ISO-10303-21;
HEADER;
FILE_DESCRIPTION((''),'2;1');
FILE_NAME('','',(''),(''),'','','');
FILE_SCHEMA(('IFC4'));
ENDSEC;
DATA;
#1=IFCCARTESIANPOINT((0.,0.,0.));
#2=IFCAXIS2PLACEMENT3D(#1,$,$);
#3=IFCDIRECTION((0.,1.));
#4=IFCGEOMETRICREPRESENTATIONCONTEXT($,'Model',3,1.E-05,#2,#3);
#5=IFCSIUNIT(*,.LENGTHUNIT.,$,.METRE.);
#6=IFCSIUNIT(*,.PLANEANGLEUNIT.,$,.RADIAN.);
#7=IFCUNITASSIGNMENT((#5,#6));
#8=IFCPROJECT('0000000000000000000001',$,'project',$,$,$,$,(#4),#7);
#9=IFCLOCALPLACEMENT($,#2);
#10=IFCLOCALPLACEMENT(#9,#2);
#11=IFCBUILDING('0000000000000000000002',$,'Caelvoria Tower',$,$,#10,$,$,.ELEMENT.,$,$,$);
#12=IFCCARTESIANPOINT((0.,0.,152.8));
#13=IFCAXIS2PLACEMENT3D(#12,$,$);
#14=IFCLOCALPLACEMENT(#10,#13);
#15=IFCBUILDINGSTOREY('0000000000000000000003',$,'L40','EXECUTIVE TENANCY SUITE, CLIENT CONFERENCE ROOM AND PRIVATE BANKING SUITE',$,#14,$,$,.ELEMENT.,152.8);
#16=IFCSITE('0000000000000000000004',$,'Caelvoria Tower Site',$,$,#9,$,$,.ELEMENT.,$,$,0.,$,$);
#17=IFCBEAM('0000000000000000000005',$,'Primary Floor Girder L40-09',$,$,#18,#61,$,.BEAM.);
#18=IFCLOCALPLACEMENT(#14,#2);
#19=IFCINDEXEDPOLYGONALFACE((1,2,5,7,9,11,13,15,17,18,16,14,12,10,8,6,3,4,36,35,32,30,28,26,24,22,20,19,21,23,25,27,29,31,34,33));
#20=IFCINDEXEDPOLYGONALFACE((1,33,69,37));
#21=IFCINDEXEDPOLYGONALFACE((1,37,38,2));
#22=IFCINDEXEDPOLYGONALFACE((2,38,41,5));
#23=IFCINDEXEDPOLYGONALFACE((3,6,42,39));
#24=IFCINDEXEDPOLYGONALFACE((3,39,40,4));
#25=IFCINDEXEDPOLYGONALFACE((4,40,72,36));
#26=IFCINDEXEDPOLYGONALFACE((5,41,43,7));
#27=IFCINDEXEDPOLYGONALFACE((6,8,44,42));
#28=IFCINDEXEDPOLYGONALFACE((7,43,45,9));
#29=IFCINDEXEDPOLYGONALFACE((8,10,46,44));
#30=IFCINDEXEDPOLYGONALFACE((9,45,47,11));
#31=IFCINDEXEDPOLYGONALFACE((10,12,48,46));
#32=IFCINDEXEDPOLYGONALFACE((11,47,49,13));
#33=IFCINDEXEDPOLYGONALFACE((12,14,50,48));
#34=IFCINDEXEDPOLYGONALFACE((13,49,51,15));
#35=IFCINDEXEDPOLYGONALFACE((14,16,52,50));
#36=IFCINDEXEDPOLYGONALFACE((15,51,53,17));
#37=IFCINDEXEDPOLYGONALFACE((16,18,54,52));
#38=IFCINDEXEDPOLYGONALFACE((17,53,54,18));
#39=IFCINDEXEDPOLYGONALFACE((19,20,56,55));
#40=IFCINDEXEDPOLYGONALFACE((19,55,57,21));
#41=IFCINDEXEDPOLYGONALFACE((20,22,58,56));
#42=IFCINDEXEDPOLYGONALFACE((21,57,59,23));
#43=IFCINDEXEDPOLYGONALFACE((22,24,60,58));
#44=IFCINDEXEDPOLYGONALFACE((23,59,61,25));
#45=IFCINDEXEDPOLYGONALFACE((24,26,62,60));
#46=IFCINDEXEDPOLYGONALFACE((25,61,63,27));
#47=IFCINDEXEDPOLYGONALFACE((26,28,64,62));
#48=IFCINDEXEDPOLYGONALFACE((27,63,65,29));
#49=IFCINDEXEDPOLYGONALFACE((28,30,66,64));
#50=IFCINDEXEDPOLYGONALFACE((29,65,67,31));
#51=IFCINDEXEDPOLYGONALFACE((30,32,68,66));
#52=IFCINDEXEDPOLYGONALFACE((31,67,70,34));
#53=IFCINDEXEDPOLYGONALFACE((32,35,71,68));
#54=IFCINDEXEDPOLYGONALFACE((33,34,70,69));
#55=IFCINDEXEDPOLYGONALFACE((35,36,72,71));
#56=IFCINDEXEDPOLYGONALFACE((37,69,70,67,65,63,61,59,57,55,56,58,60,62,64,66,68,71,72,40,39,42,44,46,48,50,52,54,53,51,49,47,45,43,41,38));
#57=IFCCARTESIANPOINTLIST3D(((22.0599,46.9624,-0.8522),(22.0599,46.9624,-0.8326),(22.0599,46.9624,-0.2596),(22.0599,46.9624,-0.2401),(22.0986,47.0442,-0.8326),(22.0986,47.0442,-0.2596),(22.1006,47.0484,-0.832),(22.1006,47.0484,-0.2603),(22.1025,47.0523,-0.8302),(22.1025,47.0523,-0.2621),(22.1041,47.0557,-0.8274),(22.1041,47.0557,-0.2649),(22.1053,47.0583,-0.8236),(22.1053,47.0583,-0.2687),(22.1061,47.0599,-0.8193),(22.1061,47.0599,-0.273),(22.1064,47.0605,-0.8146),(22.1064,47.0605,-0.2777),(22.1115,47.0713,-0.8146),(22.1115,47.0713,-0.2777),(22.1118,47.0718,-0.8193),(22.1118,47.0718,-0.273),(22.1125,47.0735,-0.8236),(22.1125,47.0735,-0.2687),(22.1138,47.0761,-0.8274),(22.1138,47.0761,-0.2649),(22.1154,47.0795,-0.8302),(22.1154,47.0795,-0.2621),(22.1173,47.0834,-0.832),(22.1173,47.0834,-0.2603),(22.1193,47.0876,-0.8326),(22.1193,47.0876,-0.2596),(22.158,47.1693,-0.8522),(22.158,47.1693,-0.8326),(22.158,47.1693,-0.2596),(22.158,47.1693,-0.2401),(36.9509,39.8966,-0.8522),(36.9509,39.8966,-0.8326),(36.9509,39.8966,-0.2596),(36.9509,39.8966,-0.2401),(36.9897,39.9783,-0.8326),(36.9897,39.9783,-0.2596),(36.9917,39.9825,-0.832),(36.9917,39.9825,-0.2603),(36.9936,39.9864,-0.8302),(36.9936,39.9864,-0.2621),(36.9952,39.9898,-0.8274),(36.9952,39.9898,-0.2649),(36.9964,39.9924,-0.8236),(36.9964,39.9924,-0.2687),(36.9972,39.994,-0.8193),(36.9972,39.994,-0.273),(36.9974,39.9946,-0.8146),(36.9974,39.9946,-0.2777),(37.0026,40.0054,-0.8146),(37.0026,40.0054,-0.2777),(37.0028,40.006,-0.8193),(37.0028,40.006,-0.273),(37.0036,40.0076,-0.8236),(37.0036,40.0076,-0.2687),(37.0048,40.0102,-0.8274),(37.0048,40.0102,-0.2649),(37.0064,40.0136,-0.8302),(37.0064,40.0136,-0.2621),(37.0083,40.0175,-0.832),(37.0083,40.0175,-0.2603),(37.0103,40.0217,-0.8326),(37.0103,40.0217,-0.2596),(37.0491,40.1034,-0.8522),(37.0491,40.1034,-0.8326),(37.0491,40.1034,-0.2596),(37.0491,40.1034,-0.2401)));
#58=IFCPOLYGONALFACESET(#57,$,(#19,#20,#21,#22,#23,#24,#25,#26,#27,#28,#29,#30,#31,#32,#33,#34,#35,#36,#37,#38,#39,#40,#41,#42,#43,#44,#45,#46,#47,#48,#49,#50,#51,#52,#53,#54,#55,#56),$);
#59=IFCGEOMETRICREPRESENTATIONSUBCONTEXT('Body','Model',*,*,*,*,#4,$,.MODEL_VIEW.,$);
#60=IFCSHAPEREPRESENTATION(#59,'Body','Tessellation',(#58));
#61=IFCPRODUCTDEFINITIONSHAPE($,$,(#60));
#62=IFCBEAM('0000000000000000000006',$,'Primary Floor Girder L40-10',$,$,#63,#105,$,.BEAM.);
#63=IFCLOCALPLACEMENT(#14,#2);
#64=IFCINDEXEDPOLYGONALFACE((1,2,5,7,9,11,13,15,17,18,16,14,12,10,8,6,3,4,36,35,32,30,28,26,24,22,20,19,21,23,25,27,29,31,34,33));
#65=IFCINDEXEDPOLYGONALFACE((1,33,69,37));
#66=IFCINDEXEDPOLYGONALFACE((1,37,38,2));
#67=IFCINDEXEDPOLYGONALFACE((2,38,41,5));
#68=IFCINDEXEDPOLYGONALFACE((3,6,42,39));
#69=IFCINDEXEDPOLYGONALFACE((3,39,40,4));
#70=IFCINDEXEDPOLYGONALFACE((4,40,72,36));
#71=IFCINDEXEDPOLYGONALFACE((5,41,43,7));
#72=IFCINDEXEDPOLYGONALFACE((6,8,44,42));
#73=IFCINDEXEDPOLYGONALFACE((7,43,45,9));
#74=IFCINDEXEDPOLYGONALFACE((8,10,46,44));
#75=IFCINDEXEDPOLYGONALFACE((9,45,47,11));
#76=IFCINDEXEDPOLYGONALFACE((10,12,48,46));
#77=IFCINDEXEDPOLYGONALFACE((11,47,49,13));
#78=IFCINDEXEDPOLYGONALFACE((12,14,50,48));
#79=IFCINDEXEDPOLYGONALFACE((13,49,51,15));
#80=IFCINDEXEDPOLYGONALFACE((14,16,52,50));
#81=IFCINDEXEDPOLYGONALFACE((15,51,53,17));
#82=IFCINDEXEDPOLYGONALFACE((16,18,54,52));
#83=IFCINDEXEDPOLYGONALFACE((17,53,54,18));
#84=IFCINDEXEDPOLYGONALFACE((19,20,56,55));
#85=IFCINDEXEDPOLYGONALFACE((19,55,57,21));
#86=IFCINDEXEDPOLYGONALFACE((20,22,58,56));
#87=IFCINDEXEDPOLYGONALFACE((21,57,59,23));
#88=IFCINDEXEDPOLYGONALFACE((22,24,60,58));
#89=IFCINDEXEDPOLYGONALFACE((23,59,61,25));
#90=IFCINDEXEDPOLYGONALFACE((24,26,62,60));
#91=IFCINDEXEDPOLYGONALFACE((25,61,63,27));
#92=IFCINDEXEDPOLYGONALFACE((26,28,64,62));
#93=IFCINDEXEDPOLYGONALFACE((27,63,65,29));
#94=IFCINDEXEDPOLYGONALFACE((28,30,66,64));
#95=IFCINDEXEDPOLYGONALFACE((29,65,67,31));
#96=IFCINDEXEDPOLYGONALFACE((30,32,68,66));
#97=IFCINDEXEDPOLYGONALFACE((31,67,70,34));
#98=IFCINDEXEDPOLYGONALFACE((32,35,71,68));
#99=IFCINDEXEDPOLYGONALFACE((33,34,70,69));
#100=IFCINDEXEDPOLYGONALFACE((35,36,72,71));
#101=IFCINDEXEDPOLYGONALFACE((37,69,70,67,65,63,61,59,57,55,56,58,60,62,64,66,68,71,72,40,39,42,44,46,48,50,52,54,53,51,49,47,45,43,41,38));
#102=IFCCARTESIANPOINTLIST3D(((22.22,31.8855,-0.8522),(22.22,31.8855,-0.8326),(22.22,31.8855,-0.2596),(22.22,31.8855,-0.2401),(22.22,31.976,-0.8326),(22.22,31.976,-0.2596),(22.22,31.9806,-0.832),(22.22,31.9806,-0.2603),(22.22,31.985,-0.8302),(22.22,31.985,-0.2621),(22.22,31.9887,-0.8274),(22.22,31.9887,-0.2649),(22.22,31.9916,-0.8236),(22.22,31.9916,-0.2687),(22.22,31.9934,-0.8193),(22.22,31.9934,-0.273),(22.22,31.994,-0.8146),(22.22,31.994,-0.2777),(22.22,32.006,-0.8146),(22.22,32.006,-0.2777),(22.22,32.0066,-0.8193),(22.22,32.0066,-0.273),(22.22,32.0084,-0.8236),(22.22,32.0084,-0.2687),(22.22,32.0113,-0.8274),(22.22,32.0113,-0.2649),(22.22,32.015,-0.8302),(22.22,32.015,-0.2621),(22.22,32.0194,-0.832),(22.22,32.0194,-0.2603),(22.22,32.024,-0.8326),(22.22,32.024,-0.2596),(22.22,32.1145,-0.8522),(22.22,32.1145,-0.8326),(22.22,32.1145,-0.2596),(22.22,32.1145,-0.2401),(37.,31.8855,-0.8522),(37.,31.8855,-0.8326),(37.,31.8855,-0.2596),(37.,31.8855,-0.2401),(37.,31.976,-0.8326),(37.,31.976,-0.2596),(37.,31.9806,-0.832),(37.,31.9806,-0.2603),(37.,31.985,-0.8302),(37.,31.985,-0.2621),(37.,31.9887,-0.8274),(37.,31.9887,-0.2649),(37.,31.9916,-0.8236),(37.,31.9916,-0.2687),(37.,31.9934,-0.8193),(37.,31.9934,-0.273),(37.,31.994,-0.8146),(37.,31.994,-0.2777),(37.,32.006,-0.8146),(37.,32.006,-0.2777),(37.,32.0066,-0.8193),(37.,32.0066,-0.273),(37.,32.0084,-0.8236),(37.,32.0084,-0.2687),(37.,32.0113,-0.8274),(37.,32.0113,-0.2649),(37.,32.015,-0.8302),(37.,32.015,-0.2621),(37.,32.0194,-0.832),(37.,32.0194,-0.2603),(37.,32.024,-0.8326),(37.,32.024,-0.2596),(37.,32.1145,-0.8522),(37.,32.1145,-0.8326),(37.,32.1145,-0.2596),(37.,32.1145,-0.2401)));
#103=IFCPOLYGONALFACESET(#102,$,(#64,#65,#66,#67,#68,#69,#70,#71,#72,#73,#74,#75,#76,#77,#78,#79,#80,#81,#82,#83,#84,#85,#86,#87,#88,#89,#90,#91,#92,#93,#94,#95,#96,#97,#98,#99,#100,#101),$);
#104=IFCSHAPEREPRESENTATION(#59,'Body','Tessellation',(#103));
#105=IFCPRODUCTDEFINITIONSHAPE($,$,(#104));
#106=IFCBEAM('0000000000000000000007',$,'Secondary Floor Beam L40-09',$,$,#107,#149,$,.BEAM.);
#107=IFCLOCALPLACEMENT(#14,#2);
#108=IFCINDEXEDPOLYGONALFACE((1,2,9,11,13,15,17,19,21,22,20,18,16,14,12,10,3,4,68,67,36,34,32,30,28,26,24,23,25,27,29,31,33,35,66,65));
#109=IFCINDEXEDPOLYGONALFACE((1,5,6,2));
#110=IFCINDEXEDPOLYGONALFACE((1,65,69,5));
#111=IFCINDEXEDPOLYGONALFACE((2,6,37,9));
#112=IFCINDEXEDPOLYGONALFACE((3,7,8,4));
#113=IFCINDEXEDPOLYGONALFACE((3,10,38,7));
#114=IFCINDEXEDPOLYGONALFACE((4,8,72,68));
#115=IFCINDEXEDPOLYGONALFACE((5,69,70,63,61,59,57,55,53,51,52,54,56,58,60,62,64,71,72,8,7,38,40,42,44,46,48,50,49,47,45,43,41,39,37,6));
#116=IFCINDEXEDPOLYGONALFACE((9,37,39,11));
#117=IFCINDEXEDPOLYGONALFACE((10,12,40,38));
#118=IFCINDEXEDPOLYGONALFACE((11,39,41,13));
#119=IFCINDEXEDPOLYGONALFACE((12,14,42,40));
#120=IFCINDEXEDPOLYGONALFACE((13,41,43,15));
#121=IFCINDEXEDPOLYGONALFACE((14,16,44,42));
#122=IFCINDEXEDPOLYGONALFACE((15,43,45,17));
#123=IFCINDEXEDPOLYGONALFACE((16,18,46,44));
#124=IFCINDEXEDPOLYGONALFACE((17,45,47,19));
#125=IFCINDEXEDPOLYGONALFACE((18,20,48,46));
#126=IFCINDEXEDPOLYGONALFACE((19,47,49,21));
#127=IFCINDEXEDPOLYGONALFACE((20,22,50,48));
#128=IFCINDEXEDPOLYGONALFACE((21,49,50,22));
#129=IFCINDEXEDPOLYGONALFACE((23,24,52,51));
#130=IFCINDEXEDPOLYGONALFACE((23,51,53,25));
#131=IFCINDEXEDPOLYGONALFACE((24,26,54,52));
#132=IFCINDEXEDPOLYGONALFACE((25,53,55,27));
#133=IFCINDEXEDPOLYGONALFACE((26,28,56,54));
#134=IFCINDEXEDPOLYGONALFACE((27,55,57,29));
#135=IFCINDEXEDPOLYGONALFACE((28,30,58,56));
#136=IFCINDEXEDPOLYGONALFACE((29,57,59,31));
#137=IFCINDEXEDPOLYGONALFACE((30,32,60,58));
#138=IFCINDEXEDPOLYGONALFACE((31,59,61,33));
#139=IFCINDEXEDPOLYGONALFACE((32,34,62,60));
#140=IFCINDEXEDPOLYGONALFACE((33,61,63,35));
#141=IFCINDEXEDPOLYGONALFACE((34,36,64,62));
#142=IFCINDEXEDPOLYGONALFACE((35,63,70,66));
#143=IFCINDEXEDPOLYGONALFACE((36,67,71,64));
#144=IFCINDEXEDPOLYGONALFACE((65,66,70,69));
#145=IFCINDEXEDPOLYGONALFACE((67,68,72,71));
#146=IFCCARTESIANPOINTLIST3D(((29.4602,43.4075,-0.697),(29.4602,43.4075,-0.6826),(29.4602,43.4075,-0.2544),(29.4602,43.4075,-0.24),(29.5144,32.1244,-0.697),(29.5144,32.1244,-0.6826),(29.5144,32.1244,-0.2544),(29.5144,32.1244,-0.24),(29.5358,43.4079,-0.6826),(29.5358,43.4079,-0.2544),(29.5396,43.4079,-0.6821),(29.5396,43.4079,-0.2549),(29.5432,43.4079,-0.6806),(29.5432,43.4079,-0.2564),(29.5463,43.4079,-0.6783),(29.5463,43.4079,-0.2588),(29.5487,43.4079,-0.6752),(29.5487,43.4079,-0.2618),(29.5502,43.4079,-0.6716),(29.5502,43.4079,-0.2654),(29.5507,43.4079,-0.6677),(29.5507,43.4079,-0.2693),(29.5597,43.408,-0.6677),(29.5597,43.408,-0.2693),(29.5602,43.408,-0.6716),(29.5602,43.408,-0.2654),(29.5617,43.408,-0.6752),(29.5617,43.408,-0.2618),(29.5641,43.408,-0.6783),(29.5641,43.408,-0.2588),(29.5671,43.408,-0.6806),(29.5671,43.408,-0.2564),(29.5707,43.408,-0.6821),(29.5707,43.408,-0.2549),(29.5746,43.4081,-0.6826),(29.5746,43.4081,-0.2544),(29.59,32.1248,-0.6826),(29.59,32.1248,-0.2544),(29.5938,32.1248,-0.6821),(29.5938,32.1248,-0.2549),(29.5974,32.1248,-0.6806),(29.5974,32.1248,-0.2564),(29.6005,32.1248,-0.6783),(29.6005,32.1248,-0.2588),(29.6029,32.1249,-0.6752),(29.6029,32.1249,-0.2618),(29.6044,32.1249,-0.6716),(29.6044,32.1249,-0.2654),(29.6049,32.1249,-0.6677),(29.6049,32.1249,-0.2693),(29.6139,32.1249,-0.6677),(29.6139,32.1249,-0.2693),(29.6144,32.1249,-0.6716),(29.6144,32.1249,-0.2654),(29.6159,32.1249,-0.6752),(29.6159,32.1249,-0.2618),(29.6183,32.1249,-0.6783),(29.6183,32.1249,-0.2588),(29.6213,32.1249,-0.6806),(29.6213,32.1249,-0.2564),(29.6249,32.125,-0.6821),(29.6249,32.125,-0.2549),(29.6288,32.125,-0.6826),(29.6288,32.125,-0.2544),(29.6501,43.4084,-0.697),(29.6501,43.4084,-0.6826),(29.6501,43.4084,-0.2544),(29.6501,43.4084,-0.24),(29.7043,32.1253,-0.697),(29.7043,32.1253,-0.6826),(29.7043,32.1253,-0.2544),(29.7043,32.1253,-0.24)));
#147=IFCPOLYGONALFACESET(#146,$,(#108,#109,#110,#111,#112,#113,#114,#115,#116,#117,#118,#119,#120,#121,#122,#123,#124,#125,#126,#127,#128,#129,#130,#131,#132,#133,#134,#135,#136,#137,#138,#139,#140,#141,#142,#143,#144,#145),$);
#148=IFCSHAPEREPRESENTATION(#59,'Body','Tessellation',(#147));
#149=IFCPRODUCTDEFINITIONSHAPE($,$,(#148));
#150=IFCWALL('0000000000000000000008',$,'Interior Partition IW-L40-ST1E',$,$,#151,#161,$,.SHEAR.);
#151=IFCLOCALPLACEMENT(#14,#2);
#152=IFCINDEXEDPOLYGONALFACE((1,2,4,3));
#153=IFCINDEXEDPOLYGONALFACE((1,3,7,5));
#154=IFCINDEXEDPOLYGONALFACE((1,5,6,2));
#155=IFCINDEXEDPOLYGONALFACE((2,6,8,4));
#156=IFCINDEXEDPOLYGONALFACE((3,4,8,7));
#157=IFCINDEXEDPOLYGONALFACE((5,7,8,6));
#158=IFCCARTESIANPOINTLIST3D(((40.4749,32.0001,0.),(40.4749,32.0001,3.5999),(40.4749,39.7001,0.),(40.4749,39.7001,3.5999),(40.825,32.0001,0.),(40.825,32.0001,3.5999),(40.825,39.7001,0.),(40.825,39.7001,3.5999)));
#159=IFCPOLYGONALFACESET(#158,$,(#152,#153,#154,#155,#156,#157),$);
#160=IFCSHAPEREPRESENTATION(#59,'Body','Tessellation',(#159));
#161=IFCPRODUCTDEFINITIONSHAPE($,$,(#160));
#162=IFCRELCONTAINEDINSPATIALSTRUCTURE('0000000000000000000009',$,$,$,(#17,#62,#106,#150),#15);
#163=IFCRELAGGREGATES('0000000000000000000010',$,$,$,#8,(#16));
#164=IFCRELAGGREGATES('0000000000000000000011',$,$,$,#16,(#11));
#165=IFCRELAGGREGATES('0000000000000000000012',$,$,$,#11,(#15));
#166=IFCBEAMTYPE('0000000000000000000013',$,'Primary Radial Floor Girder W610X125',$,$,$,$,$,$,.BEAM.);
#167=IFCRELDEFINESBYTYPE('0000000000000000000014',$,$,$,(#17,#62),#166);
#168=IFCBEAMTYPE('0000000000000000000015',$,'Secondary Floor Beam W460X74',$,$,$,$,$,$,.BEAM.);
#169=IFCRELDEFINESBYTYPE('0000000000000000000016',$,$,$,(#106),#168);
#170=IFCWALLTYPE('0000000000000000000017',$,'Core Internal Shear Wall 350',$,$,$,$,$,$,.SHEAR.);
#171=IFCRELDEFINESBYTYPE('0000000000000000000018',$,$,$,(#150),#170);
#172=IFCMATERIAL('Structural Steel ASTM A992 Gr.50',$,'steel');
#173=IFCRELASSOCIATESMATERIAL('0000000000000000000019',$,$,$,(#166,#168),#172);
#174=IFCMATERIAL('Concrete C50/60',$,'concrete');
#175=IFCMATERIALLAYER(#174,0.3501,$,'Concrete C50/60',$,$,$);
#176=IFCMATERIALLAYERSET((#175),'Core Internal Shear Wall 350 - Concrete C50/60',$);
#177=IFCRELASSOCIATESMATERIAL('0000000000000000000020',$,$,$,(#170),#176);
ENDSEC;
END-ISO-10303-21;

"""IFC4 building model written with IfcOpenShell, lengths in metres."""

from ifc_helpers import new_model, si_unit, direction, frame, frame_2d, origin, origin_2d, place, context, subcontext, project, spatial, rectangle, i_section, extrude, material, layer, layer_set, material_profile, profile_set, type_object, element, save


model = new_model("IFC4")

# Units and contexts
model_context = context("Model", 3, precision=1e-05, world=origin(), true_north=direction((0.0, 1.0)))
body_context = subcontext(model_context, "Body", "Model", "MODEL_VIEW")
ifc_project = project(units=[si_unit("LENGTHUNIT", "METRE"), si_unit("PLANEANGLEUNIT", "RADIAN")], contexts=[model_context])

# Site, building, storey
site_placement = place(None, origin())
site = spatial("IfcSite", under=ifc_project, at=site_placement, Name="Caelvoria Tower Site", CompositionType="ELEMENT", RefElevation=0.0)
building_placement = place(site_placement, origin())
building = spatial("IfcBuilding", under=site, at=building_placement, Name="Caelvoria Tower", CompositionType="ELEMENT")
storey_placement = place(building_placement, frame((0.0, 0.0, 152.8)))
storey = spatial("IfcBuildingStorey", under=building, at=storey_placement, Name="L40", Description="EXECUTIVE TENANCY SUITE, CLIENT CONFERENCE ROOM AND PRIVATE BANKING SUITE", CompositionType="ELEMENT", Elevation=152.8)

# Beams
ifc_material_1 = material(Name="Structural Steel ASTM A992 Gr.50", Category="steel")
ifc_material_profile_1 = material_profile(ifc_material_1, i_section(OverallWidth=0.229, OverallDepth=0.6121, WebThickness=0.012, FlangeThickness=0.0195, FilletRadius=0.0181, at=origin_2d()), Name="Structural Steel ASTM A992 Gr.50")
ifc_profile_set_1 = profile_set([ifc_material_profile_1], Name="W610X125 - Structural Steel ASTM A992 Gr.50")
beam_type_1 = type_object("IfcBeamType", Name="Primary Radial Floor Girder W610X125", PredefinedType="BEAM", material=ifc_profile_set_1)
beam_1_placement = place(storey_placement, frame((37.0, 40.0, -0.5461), z_axis=(-0.903451, 0.428692, 0.0), x_axis=(-0.428692, -0.903451, 0.0)))
element("IfcBeam", 1, at=beam_1_placement, inside=storey, type_object=beam_type_1, Name="Primary Floor Girder L40-09", PredefinedType="BEAM", context=body_context, shape_type="SweptSolid", body=[
    extrude(i_section(OverallWidth=0.229, OverallDepth=0.6121, WebThickness=0.012, FlangeThickness=0.0195, FilletRadius=0.0181, at=origin_2d()), origin(), (0.0, 0.0, 1.0), 16.4824),
])
beam_2_placement = place(storey_placement, frame((37.0, 32.0, -0.5461), z_axis=(-1.0, 0.0, 0.0), x_axis=(0.0, -1.0, 0.0)))
element("IfcBeam", 2, at=beam_2_placement, inside=storey, type_object=beam_type_1, Name="Primary Floor Girder L40-10", PredefinedType="BEAM", context=body_context, shape_type="SweptSolid", body=[
    extrude(i_section(OverallWidth=0.229, OverallDepth=0.6121, WebThickness=0.012, FlangeThickness=0.0195, FilletRadius=0.0181, at=origin_2d()), origin(), (0.0, 0.0, 1.0), 14.78),
])
ifc_material_profile_2 = material_profile(ifc_material_1, i_section(OverallWidth=0.1899, OverallDepth=0.457, WebThickness=0.009, FlangeThickness=0.0144, FilletRadius=0.0149, at=origin_2d()), Name="Structural Steel ASTM A992 Gr.50")
ifc_profile_set_2 = profile_set([ifc_material_profile_2], Name="W460X74 - Structural Steel ASTM A992 Gr.50")
beam_type_2 = type_object("IfcBeamType", Name="Secondary Floor Beam W460X74", PredefinedType="BEAM", material=ifc_profile_set_2)
beam_3_placement = place(storey_placement, frame((29.5552, 43.408, -0.4685), z_axis=(0.004804, -0.999988, 0.0), x_axis=(0.999988, 0.004804, 0.0)))
element("IfcBeam", 3, at=beam_3_placement, inside=storey, type_object=beam_type_2, Name="Secondary Floor Beam L40-09", PredefinedType="BEAM", context=body_context, shape_type="SweptSolid", body=[
    extrude(i_section(OverallWidth=0.1899, OverallDepth=0.457, WebThickness=0.009, FlangeThickness=0.0144, FilletRadius=0.0149, at=origin_2d()), origin(), (0.0, 0.0, 1.0), 11.2832),
])

# Wall
ifc_material_2 = material(Name="Concrete C50/60", Category="concrete")
ifc_layer_1 = layer(ifc_material_2, 0.3501, Name="Concrete C50/60")
ifc_layer_set_1 = layer_set([ifc_layer_1], Name="Core Internal Shear Wall 350 - Concrete C50/60")
wall_type_1 = type_object("IfcWallType", Name="Core Internal Shear Wall 350", PredefinedType="SHEAR", material=ifc_layer_set_1)
wall_1_placement = place(storey_placement, frame((40.6499, 32.0, 0.0), z_axis=(0.0, 0.0, 1.0), x_axis=(0.0, 1.0, 0.0)))
element("IfcWall", 4, at=wall_1_placement, inside=storey, type_object=wall_type_1, Name="Interior Partition IW-L40-ST1E", PredefinedType="SHEAR", context=body_context, shape_type="SweptSolid", body=[
    extrude(rectangle(XDim=7.7, YDim=0.3501, at=frame_2d((3.8501, 0.0))), origin(), (0.0, 0.0, 1.0), 3.5999),
])

save(model, "model.ifc")
